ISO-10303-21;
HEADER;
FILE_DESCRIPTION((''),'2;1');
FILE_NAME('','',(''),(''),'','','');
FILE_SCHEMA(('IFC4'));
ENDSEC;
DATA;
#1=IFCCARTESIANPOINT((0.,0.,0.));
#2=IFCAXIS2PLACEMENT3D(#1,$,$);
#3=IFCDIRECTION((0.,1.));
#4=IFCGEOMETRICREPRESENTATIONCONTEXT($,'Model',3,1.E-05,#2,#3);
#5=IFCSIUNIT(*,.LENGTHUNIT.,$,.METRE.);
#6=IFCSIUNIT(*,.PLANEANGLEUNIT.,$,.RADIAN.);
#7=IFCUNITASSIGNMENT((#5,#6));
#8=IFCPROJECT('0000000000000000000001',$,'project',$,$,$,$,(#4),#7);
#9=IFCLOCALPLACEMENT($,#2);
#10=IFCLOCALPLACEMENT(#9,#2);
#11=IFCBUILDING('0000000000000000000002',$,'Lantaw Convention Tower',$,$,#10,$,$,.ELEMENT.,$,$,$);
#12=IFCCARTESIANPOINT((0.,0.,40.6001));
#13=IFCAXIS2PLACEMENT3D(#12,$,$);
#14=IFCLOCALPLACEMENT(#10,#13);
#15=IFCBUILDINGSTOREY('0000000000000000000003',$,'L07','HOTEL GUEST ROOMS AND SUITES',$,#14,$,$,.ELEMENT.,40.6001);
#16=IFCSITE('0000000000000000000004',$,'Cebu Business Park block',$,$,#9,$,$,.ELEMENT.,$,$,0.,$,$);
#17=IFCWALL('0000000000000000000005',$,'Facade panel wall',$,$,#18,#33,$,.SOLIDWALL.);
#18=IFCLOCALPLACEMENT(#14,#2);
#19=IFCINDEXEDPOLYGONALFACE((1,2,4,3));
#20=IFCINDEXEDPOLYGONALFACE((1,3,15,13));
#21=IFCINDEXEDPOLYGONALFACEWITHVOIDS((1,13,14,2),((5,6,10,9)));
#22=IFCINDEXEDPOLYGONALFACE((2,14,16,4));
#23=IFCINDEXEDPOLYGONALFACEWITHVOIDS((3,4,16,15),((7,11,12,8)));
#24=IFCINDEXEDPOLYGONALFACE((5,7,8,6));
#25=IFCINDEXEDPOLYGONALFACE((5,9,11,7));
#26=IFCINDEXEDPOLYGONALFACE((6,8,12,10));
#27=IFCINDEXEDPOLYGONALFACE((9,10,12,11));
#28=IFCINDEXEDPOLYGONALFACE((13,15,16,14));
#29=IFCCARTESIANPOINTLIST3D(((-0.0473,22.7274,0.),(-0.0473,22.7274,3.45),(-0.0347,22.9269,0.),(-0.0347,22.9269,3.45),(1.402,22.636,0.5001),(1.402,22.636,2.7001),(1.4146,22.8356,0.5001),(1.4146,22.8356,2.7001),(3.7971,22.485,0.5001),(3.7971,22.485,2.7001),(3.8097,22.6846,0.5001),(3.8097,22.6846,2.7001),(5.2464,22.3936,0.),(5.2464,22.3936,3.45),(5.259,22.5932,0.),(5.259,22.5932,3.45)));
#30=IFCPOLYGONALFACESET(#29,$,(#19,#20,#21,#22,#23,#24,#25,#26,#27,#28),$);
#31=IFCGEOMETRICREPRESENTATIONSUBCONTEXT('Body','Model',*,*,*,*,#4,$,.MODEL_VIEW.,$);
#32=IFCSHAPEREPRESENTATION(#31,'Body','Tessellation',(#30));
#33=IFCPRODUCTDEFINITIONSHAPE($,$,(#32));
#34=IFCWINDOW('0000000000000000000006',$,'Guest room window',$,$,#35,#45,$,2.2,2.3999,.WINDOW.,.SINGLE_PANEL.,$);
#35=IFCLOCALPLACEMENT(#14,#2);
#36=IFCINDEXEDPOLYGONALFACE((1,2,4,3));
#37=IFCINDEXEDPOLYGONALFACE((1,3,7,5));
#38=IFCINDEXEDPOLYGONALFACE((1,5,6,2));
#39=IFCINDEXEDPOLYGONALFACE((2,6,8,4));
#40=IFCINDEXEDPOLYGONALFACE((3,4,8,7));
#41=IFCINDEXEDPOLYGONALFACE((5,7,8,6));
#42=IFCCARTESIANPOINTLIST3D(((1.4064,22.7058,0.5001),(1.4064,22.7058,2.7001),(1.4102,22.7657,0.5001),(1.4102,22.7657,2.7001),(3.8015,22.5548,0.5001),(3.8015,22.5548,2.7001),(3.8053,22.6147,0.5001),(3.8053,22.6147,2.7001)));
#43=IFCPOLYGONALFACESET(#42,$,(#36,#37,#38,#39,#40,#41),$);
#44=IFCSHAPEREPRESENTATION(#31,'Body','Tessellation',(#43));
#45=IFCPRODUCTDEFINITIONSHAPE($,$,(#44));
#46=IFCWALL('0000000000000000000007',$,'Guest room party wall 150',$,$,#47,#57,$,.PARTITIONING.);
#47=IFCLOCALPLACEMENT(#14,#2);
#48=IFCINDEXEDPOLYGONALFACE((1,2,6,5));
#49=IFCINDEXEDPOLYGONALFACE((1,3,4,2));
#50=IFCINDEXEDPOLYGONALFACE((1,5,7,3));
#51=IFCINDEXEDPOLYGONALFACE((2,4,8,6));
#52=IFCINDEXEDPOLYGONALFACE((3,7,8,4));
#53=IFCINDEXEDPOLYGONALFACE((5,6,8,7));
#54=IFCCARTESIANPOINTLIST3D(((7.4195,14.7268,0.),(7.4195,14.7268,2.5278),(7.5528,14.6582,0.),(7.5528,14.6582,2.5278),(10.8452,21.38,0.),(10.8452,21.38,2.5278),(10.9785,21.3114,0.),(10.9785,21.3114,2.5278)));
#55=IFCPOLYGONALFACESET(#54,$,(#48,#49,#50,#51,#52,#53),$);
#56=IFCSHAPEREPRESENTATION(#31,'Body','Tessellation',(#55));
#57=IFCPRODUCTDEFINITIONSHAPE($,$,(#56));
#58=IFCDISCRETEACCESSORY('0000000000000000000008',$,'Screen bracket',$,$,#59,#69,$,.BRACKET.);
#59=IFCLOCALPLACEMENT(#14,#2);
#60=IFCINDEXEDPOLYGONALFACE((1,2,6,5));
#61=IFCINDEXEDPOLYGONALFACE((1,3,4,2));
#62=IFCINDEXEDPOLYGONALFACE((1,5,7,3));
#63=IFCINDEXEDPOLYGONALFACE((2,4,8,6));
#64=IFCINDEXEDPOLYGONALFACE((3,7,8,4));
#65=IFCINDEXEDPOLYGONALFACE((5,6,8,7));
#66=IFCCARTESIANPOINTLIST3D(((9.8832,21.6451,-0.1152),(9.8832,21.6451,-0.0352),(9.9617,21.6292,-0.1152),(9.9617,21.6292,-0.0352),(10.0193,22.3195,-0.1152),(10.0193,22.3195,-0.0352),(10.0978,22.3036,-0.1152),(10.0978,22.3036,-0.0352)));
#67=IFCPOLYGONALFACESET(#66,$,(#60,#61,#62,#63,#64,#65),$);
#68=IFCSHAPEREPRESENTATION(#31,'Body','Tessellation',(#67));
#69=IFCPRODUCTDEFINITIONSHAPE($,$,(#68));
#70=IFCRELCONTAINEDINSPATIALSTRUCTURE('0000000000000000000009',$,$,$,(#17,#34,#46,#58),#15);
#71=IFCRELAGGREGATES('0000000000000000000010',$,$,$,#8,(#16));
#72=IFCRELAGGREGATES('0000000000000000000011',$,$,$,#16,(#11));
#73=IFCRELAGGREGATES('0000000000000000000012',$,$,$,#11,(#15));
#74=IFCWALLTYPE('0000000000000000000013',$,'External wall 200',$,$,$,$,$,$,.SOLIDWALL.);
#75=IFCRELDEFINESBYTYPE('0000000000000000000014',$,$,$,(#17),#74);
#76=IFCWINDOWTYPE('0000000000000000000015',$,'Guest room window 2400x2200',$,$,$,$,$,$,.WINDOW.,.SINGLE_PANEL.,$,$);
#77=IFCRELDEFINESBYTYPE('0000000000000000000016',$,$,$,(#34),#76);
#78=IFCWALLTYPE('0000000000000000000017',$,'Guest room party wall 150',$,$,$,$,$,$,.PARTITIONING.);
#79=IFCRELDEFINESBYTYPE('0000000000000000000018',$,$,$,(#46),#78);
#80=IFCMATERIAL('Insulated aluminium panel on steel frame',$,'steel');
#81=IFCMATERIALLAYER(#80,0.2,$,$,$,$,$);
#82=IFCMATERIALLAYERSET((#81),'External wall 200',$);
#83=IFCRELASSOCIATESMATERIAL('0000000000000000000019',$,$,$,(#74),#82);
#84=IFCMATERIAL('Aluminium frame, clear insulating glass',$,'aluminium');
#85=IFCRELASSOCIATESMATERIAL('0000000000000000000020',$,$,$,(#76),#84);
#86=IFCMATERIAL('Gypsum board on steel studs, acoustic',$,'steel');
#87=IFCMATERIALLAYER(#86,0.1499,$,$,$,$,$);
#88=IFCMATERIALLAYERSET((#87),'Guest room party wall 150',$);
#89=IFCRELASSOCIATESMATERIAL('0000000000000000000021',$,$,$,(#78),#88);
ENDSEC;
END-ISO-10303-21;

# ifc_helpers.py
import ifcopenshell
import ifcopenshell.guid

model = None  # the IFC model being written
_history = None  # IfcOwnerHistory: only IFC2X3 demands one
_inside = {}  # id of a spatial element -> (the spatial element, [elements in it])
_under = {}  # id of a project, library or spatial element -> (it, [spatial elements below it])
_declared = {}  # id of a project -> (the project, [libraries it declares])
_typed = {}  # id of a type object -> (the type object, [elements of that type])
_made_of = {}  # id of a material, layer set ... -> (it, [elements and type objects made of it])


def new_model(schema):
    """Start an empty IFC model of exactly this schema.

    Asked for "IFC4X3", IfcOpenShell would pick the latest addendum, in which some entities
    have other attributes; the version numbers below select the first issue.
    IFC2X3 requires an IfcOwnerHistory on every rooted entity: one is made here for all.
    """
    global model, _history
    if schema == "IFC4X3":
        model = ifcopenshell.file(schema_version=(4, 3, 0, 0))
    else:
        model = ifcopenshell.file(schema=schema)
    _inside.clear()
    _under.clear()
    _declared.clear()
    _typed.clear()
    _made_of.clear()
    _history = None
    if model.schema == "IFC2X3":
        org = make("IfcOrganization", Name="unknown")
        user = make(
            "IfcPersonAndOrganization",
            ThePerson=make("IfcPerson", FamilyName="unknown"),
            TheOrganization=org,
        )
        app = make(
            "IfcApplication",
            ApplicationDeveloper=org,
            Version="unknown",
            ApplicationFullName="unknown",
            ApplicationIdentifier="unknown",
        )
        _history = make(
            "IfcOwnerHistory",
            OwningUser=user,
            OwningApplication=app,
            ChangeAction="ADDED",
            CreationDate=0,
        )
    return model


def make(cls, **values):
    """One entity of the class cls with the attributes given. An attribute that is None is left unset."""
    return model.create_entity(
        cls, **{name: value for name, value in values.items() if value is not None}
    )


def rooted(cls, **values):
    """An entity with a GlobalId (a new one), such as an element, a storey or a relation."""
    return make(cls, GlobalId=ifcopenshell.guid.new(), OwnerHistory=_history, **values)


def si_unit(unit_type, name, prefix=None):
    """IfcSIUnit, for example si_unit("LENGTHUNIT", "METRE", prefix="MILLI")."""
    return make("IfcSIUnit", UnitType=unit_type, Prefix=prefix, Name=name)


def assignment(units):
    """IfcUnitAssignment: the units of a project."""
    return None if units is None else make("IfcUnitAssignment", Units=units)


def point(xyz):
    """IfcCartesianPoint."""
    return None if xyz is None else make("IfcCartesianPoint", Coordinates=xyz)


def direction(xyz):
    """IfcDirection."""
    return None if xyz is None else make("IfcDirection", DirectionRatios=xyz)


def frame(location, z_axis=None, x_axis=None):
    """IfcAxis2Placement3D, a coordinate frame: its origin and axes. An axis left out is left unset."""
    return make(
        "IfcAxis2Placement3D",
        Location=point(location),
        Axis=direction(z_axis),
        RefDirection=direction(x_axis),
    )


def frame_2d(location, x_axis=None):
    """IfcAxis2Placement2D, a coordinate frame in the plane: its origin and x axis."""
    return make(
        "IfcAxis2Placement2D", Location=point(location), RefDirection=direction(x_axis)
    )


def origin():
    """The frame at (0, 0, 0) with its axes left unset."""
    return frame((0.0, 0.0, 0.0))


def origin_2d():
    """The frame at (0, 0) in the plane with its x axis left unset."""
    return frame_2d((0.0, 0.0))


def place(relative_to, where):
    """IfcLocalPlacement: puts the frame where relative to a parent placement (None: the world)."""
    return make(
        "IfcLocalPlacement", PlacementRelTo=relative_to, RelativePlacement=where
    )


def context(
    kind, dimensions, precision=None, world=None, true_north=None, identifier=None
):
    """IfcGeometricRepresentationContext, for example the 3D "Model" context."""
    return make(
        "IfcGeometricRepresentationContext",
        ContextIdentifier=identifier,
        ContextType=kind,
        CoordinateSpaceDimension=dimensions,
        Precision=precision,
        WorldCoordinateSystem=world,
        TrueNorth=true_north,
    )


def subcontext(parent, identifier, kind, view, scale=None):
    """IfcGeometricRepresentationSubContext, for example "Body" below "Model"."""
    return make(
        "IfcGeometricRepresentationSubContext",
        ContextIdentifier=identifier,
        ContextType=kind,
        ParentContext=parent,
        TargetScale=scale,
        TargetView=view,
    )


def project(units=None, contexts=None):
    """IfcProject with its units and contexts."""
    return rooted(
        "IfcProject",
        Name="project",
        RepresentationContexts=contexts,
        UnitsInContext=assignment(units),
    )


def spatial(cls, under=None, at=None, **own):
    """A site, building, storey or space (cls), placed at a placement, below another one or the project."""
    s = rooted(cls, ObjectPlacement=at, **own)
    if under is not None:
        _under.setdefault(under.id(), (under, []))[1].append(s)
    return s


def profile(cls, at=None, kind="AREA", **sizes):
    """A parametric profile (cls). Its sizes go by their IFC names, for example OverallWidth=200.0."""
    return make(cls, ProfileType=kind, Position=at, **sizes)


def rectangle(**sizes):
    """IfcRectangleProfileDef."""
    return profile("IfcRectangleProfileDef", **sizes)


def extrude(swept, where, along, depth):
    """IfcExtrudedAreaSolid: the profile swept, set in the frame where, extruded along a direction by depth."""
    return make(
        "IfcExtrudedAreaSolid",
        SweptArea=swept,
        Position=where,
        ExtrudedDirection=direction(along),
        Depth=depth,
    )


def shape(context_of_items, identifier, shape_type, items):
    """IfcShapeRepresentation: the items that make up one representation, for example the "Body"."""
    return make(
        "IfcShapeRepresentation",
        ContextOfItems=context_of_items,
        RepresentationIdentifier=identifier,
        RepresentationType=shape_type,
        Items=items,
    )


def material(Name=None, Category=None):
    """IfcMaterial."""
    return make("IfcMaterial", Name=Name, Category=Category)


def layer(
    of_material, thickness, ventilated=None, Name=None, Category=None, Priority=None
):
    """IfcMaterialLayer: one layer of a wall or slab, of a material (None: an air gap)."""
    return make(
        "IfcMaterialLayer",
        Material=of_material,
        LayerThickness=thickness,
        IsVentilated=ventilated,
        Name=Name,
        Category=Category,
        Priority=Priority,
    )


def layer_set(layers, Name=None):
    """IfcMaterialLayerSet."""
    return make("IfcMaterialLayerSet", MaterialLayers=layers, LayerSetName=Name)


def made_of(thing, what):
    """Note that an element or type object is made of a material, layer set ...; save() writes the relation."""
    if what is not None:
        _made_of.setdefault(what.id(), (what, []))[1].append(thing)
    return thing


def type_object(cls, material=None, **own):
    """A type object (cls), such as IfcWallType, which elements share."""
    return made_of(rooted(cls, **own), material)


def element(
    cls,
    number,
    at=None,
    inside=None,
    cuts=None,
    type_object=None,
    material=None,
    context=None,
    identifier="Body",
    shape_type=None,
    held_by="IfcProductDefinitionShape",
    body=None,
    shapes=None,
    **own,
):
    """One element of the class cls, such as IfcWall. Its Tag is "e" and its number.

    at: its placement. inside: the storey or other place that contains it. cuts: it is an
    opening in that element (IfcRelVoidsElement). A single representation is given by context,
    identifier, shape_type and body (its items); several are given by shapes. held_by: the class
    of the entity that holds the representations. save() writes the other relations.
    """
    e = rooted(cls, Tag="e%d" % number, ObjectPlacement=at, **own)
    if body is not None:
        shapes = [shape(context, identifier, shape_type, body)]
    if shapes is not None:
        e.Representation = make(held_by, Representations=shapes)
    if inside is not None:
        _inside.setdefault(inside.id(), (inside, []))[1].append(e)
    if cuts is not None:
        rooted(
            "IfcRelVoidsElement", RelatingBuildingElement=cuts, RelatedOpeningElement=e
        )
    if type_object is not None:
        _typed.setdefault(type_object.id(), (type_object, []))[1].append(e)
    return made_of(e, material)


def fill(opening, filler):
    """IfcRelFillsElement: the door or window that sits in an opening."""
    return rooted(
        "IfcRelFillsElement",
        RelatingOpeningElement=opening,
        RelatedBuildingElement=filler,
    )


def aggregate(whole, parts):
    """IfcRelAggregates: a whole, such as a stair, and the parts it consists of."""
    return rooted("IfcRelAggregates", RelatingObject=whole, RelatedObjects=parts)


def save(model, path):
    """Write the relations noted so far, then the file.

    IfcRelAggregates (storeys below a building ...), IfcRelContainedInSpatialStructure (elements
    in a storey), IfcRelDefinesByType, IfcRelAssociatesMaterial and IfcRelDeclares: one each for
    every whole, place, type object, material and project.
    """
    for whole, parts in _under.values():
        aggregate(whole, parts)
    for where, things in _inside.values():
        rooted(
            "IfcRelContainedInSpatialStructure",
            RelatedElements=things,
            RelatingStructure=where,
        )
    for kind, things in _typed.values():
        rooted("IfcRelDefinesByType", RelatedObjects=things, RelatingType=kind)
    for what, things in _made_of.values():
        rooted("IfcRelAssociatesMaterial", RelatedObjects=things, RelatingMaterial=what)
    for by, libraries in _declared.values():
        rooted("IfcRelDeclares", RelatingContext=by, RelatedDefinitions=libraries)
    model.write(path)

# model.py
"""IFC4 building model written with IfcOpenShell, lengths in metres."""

from ifc_helpers import new_model, si_unit, direction, frame, frame_2d, origin, origin_2d, place, context, subcontext, project, spatial, rectangle, extrude, material, layer, layer_set, type_object, element, fill, save


model = new_model("IFC4")

# Units and contexts
model_context = context("Model", 3, precision=1e-05, world=origin(), true_north=direction((0.0, 1.0)))
body_context = subcontext(model_context, "Body", "Model", "MODEL_VIEW")
ifc_project = project(units=[si_unit("LENGTHUNIT", "METRE"), si_unit("PLANEANGLEUNIT", "RADIAN")], contexts=[model_context])

# Site, building, storey
site_placement = place(None, origin())
site = spatial("IfcSite", under=ifc_project, at=site_placement, Name="Cebu Business Park block", CompositionType="ELEMENT", RefElevation=0.0)
building_placement = place(site_placement, origin())
building = spatial("IfcBuilding", under=site, at=building_placement, Name="Lantaw Convention Tower", CompositionType="ELEMENT")
storey_placement = place(building_placement, frame((0.0, 0.0, 40.6001)))
storey = spatial("IfcBuildingStorey", under=building, at=storey_placement, Name="L07", Description="HOTEL GUEST ROOMS AND SUITES", CompositionType="ELEMENT", Elevation=40.6001)

# Wall, opening, window
ifc_material_1 = material(Name="Insulated aluminium panel on steel frame", Category="steel")
ifc_layer_1 = layer(ifc_material_1, 0.2)
ifc_layer_set_1 = layer_set([ifc_layer_1], Name="External wall 200")
wall_type_1 = type_object("IfcWallType", Name="External wall 200", PredefinedType="SOLIDWALL", material=ifc_layer_set_1)
ifc_material_2 = material(Name="Aluminium frame, clear insulating glass", Category="aluminium")
window_type = type_object("IfcWindowType", Name="Guest room window 2400x2200", PartitioningType="SINGLE_PANEL", PredefinedType="WINDOW", material=ifc_material_2)
wall_1_placement = place(storey_placement, frame((5.2527, 22.4934, 0.0), z_axis=(0.0, 0.0, 1.0), x_axis=(-0.998019, 0.06292, 0.0)))
wall_1 = element("IfcWall", 1, at=wall_1_placement, inside=storey, type_object=wall_type_1, Name="Facade panel wall", PredefinedType="SOLIDWALL", context=body_context, shape_type="SweptSolid", body=[
    extrude(rectangle(XDim=5.3042, YDim=0.2, at=frame_2d((2.6521, 0.0))), origin(), (0.0, 0.0, 1.0), 3.45),
])
opening_1_placement = place(wall_1_placement, frame((1.4521, 0.0, 0.5)))
opening_1 = element("IfcOpeningElement", 2, at=opening_1_placement, cuts=wall_1, PredefinedType="OPENING", context=body_context, shape_type="SweptSolid", body=[
    extrude(rectangle(XDim=2.3999, YDim=2.2, at=frame_2d((1.2, 1.1001))), frame((0.0, 0.1099, 0.0), z_axis=(0.0, -1.0, 0.0), x_axis=(1.0, 0.0, 0.0)), (0.0, 0.0, 1.0), 0.22),
])
window_1_placement = place(opening_1_placement, origin())
window_1 = element("IfcWindow", 3, at=window_1_placement, inside=storey, type_object=window_type, Name="Guest room window", OverallHeight=2.2, OverallWidth=2.3999, PartitioningType="SINGLE_PANEL", PredefinedType="WINDOW", context=body_context, shape_type="SweptSolid", body=[
    extrude(rectangle(XDim=2.3999, YDim=2.2, at=frame_2d((1.2, 1.1001))), frame((0.0, 0.03, 0.0), z_axis=(0.0, -1.0, 0.0), x_axis=(1.0, 0.0, 0.0)), (0.0, 0.0, 1.0), 0.0601),
])
fill(opening_1, window_1)

# Wall
ifc_material_3 = material(Name="Gypsum board on steel studs, acoustic", Category="steel")
ifc_layer_2 = layer(ifc_material_3, 0.1499)
ifc_layer_set_2 = layer_set([ifc_layer_2], Name="Guest room party wall 150")
wall_type_2 = type_object("IfcWallType", Name="Guest room party wall 150", PredefinedType="PARTITIONING", material=ifc_layer_set_2)
wall_2_placement = place(storey_placement, frame((10.9119, 21.3457, 0.0), z_axis=(0.0, 0.0, 1.0), x_axis=(-0.457778, -0.889066, 0.0)))
element("IfcWall", 4, at=wall_2_placement, inside=storey, type_object=wall_type_2, Name="Guest room party wall 150", PredefinedType="PARTITIONING", context=body_context, shape_type="SweptSolid", body=[
    extrude(rectangle(XDim=7.4834, YDim=0.1499, at=frame_2d((3.7417, 0.0))), origin(), (0.0, 0.0, 1.0), 2.5278),
])

# Discrete accessory
discrete_accessory_placement = place(storey_placement, frame((9.9905, 21.9744, -0.1152), z_axis=(0.0, 0.0, 1.0), x_axis=(-0.980245, 0.197789, 0.0)))
element("IfcDiscreteAccessory", 5, at=discrete_accessory_placement, inside=storey, Name="Screen bracket", PredefinedType="BRACKET", context=body_context, shape_type="SweptSolid", body=[
    extrude(rectangle(XDim=0.0801, YDim=0.688, at=origin_2d()), origin(), (0.0, 0.0, 1.0), 0.0801),
])

save(model, "model.ifc")
